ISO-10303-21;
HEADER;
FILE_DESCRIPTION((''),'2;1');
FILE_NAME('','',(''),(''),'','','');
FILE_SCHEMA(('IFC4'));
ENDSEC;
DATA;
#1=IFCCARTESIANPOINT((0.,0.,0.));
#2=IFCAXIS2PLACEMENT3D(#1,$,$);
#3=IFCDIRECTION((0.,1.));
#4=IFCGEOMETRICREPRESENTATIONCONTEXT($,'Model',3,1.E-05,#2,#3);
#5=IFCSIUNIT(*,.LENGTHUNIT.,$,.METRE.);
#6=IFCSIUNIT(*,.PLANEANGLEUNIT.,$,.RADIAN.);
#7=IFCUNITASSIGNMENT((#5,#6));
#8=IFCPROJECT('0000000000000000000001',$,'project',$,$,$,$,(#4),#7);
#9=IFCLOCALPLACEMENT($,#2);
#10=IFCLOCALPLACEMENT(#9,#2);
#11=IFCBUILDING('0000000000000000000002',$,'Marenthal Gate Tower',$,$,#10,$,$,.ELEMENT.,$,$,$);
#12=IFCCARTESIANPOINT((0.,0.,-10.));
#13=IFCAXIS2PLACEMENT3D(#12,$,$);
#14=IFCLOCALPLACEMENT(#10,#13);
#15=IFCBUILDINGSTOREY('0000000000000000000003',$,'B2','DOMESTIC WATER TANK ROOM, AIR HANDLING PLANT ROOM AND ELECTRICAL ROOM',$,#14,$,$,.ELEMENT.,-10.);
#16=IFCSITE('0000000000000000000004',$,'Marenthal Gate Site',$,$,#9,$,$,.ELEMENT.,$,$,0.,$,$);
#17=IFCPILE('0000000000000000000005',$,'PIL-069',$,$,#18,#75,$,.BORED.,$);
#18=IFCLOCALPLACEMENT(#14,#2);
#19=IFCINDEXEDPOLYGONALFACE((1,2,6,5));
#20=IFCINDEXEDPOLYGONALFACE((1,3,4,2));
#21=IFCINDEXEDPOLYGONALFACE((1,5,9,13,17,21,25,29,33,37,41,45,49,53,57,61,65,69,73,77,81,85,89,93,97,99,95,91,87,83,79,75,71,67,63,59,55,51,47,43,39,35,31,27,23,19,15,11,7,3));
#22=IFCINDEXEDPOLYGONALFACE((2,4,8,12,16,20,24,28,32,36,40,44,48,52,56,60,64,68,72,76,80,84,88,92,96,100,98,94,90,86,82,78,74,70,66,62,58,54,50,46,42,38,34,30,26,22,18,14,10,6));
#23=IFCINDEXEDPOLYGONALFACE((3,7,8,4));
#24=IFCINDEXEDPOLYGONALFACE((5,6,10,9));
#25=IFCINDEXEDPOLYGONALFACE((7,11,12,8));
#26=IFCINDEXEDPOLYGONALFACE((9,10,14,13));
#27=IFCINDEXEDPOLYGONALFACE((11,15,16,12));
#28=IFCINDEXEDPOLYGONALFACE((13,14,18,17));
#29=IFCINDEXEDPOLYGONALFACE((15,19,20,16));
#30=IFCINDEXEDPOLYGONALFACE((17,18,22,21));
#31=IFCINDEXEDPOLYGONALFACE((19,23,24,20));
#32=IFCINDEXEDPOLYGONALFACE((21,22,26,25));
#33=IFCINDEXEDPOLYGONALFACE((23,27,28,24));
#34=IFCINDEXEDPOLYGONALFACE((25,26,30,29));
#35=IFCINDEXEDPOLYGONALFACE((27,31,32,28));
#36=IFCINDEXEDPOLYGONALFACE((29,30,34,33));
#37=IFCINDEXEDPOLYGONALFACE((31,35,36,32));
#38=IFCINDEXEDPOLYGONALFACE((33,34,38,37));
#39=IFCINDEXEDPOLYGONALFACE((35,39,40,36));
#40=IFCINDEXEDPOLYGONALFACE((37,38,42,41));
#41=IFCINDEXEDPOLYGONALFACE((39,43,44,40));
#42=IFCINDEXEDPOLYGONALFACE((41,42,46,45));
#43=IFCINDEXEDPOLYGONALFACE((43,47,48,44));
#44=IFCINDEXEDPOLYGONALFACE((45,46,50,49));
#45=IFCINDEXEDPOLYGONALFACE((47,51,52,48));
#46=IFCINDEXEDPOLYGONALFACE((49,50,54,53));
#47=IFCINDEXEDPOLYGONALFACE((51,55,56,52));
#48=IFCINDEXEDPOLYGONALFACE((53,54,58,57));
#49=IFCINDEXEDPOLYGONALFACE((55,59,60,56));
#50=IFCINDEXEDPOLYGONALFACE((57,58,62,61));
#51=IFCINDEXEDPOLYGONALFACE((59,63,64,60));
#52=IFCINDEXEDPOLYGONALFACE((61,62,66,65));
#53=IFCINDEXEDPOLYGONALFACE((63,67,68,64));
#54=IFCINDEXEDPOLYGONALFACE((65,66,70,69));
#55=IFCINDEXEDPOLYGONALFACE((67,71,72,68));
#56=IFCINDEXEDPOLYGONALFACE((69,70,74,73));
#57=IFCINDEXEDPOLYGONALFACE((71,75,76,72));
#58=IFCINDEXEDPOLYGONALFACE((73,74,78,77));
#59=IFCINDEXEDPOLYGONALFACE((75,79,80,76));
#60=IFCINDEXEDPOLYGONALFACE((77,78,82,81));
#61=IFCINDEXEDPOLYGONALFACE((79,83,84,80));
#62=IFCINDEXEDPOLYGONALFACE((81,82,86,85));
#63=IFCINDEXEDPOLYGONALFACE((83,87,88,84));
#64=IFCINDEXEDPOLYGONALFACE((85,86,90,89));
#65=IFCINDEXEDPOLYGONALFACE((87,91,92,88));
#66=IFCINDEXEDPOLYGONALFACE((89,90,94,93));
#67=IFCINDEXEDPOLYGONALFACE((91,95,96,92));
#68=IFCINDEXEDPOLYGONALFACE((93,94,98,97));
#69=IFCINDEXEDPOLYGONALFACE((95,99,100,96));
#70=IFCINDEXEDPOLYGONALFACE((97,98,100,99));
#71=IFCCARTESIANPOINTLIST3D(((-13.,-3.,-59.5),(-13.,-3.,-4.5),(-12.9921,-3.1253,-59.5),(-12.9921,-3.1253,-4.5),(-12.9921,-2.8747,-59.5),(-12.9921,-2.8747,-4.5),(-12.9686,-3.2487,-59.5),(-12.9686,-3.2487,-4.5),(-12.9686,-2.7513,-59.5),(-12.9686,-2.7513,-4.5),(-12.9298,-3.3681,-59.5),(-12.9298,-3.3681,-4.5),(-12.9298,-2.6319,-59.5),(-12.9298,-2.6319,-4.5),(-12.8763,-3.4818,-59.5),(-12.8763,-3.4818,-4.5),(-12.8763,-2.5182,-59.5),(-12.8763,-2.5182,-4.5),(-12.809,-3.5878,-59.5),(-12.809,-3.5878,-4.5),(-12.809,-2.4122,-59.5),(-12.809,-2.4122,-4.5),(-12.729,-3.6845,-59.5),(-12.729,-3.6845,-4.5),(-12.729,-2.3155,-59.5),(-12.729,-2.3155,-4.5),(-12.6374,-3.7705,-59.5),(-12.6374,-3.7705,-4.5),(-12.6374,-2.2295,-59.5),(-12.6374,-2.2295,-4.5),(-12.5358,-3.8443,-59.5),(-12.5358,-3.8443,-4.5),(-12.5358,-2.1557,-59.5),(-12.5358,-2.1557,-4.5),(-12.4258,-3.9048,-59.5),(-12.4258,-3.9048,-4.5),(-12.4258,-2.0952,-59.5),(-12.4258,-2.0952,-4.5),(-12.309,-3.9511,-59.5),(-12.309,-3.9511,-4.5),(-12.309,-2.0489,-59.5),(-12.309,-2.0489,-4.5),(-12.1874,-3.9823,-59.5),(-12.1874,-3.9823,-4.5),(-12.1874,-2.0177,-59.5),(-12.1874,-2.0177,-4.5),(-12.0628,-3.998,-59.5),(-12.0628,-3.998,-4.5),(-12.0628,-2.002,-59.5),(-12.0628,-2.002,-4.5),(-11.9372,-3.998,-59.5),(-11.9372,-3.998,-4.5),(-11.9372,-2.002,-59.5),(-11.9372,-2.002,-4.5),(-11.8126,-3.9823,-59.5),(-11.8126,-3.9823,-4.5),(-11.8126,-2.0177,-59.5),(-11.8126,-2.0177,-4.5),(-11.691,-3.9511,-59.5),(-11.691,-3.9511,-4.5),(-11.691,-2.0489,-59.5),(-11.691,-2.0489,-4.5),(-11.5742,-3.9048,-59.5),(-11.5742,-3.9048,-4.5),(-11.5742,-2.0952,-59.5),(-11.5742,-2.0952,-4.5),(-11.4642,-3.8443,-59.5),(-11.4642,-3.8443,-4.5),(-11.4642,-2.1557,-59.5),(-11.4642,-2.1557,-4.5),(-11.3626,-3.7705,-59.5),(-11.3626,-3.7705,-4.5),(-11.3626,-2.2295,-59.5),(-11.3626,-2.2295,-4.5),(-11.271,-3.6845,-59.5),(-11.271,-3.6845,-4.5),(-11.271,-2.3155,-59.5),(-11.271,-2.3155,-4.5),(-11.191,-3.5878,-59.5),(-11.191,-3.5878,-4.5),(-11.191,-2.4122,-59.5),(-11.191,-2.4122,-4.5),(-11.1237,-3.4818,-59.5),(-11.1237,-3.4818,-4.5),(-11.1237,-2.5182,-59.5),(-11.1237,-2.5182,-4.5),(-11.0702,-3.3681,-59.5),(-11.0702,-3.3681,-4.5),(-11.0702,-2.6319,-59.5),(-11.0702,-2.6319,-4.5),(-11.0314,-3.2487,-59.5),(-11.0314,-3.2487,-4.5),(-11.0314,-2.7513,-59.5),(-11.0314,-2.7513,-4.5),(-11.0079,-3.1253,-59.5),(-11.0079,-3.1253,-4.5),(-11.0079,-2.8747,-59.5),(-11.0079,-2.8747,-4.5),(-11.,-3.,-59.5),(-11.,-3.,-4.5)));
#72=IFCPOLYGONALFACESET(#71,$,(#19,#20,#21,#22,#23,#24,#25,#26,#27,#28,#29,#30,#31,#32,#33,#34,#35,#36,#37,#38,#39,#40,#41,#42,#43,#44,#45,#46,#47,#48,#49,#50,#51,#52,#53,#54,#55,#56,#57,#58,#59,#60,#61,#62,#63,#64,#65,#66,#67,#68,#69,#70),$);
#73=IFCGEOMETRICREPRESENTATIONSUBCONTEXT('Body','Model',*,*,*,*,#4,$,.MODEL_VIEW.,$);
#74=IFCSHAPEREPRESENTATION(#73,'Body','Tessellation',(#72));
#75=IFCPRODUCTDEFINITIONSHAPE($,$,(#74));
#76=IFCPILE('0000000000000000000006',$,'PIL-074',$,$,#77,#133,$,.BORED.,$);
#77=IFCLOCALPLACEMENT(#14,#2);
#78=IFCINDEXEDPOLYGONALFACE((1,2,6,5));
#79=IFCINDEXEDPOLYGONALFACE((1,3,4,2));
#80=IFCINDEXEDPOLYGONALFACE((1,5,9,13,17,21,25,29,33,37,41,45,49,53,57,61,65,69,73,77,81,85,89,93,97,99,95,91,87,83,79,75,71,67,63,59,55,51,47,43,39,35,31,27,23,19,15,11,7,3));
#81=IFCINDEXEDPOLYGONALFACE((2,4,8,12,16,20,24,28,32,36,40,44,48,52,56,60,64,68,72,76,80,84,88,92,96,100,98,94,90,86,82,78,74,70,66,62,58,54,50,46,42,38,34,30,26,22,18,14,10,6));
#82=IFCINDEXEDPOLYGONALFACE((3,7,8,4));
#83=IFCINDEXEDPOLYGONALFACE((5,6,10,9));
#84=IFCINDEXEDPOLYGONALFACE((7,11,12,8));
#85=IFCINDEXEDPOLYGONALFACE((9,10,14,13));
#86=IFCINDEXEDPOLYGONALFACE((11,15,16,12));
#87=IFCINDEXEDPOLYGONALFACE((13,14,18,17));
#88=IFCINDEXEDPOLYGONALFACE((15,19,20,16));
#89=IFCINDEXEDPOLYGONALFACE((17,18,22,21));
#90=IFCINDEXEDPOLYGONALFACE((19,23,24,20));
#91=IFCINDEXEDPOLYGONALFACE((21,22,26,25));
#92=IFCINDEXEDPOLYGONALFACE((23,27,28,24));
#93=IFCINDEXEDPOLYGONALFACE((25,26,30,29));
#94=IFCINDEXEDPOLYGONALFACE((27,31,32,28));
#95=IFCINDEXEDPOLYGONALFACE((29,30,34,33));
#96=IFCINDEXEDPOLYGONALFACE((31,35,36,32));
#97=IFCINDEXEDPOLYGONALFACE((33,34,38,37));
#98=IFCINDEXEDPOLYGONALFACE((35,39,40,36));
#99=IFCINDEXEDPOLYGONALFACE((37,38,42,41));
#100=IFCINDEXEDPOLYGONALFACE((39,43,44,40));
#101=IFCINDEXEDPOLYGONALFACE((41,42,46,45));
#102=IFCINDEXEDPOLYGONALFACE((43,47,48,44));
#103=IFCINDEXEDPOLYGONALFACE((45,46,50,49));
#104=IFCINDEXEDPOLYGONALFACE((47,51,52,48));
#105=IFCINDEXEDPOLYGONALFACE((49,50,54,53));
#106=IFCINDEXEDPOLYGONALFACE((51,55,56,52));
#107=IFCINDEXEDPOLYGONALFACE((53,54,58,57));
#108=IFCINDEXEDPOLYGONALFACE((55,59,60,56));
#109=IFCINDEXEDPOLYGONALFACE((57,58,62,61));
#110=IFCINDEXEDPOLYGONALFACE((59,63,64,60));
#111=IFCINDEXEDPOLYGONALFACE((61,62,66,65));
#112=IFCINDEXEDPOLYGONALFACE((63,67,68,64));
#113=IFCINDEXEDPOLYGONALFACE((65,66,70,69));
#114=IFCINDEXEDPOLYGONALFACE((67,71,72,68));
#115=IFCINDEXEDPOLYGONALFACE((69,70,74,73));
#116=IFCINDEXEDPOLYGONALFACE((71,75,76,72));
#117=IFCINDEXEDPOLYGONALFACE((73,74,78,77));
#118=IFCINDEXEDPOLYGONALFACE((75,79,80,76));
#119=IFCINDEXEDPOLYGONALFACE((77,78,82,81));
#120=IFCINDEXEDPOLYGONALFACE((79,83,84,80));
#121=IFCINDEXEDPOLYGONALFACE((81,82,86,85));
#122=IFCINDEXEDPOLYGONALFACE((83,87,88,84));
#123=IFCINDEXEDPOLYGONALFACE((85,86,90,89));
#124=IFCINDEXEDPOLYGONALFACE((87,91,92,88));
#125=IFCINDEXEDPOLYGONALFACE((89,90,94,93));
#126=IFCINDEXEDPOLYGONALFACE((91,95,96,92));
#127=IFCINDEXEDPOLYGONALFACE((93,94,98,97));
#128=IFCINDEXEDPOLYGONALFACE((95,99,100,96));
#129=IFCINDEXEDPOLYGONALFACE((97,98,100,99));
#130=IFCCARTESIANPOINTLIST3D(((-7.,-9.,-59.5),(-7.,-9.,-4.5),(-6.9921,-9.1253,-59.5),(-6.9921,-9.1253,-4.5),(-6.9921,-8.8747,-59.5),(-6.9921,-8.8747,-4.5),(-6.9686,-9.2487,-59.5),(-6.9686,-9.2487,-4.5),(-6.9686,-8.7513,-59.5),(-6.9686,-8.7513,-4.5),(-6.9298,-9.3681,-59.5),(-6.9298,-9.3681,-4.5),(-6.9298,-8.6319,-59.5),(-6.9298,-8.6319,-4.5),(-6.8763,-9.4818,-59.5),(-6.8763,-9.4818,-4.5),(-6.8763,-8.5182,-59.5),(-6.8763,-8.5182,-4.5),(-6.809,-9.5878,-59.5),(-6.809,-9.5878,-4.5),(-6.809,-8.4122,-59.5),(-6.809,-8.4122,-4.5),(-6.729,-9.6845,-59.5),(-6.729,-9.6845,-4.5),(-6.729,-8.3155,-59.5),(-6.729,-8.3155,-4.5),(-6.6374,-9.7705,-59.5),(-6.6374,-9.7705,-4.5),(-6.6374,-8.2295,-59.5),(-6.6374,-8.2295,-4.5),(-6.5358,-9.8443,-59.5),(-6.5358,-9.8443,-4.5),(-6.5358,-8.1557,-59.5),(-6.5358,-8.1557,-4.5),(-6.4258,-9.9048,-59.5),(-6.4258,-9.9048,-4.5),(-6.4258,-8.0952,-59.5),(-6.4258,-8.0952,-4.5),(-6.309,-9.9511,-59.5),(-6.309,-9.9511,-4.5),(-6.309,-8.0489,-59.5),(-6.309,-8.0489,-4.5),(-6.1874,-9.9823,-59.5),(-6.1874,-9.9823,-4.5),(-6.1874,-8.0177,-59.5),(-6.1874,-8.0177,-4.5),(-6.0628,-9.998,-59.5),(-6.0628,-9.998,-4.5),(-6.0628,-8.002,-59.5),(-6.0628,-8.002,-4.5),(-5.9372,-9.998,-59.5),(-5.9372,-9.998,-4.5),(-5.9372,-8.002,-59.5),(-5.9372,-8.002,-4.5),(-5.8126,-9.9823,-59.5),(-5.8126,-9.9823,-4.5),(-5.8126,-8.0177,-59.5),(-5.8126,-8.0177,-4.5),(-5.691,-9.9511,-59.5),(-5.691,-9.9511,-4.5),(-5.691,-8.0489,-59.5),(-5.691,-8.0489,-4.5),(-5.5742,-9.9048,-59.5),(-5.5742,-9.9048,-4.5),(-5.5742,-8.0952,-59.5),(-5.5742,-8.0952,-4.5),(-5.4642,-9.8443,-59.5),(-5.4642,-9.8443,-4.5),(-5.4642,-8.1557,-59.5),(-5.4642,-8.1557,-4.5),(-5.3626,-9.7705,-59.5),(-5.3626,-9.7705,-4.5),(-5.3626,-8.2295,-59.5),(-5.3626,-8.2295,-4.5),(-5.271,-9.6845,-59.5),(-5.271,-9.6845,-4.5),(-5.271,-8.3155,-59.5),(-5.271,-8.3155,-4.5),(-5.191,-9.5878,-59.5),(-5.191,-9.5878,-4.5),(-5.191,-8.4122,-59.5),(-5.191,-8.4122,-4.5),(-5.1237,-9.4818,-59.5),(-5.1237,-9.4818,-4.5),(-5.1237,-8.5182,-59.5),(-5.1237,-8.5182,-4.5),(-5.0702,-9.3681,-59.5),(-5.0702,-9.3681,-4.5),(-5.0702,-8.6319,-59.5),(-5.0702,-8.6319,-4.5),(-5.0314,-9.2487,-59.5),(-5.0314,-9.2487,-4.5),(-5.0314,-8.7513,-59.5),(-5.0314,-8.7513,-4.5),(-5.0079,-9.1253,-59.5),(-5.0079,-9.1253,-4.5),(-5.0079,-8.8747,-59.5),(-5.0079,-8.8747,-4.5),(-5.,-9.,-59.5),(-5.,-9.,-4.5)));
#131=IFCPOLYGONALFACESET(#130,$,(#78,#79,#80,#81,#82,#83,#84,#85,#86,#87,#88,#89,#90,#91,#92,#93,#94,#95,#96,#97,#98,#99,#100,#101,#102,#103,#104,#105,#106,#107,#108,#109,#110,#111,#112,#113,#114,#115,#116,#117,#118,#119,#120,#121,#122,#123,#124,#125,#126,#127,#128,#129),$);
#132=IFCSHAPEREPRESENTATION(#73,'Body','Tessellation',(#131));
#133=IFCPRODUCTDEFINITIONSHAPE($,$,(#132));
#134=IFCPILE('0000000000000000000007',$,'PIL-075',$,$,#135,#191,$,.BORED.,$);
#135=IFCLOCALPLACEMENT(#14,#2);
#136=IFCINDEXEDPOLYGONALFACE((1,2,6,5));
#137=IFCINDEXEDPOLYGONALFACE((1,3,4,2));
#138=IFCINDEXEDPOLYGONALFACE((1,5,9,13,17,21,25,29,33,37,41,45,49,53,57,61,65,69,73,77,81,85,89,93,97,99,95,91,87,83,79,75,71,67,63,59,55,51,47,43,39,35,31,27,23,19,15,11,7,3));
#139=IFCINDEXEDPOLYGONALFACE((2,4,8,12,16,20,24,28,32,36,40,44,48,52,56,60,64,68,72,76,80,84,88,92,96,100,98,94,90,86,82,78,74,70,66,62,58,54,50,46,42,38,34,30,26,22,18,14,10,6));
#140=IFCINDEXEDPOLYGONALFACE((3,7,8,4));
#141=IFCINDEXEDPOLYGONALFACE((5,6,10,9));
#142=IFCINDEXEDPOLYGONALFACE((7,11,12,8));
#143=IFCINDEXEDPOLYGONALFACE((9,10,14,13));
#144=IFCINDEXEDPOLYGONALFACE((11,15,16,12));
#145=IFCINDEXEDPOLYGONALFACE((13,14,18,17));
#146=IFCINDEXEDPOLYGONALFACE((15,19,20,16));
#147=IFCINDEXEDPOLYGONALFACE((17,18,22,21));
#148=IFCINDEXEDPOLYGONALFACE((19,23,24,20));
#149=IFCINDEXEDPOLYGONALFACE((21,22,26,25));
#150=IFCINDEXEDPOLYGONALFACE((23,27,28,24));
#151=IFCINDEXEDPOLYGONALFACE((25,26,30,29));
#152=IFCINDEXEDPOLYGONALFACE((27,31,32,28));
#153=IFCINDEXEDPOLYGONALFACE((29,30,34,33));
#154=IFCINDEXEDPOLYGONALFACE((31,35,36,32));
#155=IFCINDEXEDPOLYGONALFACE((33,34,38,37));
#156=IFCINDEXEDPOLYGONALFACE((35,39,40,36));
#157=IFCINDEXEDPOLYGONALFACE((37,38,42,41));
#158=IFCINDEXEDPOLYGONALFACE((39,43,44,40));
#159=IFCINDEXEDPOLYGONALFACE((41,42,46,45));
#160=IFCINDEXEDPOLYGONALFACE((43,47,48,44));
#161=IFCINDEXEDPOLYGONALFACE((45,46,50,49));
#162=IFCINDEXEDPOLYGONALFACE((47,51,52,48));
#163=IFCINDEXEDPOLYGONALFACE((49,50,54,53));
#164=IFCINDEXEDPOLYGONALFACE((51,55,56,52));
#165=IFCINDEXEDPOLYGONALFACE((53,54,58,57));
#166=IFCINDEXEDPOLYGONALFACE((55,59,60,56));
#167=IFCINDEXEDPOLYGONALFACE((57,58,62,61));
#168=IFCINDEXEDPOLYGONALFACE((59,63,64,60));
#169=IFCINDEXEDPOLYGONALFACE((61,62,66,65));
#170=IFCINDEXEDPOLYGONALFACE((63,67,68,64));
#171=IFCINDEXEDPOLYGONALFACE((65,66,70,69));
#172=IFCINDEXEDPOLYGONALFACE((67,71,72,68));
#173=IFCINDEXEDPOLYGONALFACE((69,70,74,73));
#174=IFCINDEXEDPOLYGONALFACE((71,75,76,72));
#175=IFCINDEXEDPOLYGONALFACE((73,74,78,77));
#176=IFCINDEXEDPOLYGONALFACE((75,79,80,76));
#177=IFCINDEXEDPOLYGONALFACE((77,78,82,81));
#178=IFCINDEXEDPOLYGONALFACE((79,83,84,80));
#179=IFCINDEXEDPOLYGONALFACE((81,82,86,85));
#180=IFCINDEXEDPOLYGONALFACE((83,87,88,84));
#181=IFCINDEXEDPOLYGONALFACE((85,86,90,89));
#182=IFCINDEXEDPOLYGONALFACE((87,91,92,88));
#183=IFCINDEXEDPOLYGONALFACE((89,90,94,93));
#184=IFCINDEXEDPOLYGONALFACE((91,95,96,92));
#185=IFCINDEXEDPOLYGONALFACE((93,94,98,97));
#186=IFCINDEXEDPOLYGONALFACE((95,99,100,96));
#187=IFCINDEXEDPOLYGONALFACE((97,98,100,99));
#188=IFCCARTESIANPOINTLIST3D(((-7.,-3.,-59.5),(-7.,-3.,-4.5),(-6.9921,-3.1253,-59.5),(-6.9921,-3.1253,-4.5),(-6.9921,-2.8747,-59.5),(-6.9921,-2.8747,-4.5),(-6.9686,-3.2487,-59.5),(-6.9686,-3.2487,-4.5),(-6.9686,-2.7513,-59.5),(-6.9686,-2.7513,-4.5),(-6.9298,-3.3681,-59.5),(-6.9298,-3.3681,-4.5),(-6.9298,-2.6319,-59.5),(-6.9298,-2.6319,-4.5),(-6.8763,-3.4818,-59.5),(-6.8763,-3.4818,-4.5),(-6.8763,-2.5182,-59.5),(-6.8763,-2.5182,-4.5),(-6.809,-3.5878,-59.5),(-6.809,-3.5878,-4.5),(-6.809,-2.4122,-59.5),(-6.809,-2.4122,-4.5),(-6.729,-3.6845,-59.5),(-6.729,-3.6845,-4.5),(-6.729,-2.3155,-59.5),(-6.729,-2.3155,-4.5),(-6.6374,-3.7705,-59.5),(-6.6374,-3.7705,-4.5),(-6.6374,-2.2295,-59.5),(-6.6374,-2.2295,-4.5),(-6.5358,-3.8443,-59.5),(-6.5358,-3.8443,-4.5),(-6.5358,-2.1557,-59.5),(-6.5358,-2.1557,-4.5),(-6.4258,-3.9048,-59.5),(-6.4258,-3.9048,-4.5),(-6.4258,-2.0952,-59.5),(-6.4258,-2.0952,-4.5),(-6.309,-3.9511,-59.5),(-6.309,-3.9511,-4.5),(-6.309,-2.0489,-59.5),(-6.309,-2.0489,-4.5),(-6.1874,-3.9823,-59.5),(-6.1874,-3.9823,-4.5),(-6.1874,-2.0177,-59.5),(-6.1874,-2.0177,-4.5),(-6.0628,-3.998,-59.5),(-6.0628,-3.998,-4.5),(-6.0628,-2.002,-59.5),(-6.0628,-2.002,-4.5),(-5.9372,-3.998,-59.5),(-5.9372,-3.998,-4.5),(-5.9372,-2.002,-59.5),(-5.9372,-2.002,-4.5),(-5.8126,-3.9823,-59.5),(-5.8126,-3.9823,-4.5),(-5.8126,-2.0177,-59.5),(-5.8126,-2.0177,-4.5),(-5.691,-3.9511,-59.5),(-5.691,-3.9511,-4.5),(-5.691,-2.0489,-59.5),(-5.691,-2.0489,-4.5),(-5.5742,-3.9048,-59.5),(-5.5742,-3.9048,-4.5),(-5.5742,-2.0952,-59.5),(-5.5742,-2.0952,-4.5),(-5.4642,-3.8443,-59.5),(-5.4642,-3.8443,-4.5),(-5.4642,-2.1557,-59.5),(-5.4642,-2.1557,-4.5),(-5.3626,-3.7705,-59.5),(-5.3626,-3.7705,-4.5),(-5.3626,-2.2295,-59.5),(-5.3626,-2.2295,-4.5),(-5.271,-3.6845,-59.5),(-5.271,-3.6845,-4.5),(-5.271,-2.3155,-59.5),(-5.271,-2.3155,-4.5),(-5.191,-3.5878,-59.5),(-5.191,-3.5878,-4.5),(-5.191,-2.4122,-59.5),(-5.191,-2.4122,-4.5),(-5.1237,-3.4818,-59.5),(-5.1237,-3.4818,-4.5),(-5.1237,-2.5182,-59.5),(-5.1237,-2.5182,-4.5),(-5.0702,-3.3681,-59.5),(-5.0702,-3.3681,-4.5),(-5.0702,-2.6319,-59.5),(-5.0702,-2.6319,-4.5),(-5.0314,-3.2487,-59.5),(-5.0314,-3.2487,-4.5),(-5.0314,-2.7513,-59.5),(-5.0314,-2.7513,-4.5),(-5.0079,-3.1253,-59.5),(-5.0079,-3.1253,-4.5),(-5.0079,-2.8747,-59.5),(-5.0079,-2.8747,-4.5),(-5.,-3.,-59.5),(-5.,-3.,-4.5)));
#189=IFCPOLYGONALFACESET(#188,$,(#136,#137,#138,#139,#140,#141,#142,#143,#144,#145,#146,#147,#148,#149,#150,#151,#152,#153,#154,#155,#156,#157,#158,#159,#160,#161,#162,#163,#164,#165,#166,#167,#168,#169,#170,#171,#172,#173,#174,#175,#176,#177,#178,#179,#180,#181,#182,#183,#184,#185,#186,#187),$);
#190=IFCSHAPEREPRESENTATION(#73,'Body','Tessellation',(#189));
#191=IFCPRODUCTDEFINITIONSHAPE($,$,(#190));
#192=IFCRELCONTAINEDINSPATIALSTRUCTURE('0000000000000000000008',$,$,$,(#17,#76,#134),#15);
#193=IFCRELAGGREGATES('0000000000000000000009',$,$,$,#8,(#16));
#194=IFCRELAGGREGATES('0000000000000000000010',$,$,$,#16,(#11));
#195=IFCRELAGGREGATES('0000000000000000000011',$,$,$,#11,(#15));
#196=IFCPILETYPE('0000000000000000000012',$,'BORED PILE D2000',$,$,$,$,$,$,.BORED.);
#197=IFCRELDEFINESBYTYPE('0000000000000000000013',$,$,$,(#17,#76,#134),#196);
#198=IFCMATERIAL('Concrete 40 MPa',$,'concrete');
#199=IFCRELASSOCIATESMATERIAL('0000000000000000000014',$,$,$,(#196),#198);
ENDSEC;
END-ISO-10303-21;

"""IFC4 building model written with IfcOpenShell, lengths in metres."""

from ifc_helpers import new_model, si_unit, direction, frame, origin, origin_2d, place, context, subcontext, project, spatial, circle, extrude, material, type_object, element, save


model = new_model("IFC4")

# Units and contexts
model_context = context("Model", 3, precision=1e-05, world=origin(), true_north=direction((0.0, 1.0)))
body_context = subcontext(model_context, "Body", "Model", "MODEL_VIEW")
ifc_project = project(units=[si_unit("LENGTHUNIT", "METRE"), si_unit("PLANEANGLEUNIT", "RADIAN")], contexts=[model_context])

# Site, building, storey
site_placement = place(None, origin())
site = spatial("IfcSite", under=ifc_project, at=site_placement, Name="Marenthal Gate Site", CompositionType="ELEMENT", RefElevation=0.0)
building_placement = place(site_placement, origin())
building = spatial("IfcBuilding", under=site, at=building_placement, Name="Marenthal Gate Tower", CompositionType="ELEMENT")
storey_placement = place(building_placement, frame((0.0, 0.0, -10.0)))
storey = spatial("IfcBuildingStorey", under=building, at=storey_placement, Name="B2", Description="DOMESTIC WATER TANK ROOM, AIR HANDLING PLANT ROOM AND ELECTRICAL ROOM", CompositionType="ELEMENT", Elevation=-10.0)

# Piles
ifc_material_1 = material(Name="Concrete 40 MPa", Category="concrete")
pile_type = type_object("IfcPileType", Name="BORED PILE D2000", PredefinedType="BORED", material=ifc_material_1)
for number, where, z_axis, x_axis, name in (
    (1, (-12.0, -3.0, -4.5), (0.0, 0.0, -1.0), (1.0, 0.0, 0.0), "PIL-069"),
    (2, (-6.0, -9.0, -4.5), (0.0, 0.0, -1.0), (1.0, 0.0, 0.0), "PIL-074"),
    (3, (-6.0, -3.0, -4.5), (0.0, 0.0, -1.0), (1.0, 0.0, 0.0), "PIL-075"),
):
    element("IfcPile", number, at=place(storey_placement, frame(where, z_axis=z_axis, x_axis=x_axis)), inside=storey, type_object=pile_type, Name=name, PredefinedType="BORED", context=body_context, shape_type="SweptSolid", body=[
        extrude(circle(Radius=1.0, at=origin_2d()), origin(), (0.0, 0.0, 1.0), 55.0),
    ])

save(model, "model.ifc")
